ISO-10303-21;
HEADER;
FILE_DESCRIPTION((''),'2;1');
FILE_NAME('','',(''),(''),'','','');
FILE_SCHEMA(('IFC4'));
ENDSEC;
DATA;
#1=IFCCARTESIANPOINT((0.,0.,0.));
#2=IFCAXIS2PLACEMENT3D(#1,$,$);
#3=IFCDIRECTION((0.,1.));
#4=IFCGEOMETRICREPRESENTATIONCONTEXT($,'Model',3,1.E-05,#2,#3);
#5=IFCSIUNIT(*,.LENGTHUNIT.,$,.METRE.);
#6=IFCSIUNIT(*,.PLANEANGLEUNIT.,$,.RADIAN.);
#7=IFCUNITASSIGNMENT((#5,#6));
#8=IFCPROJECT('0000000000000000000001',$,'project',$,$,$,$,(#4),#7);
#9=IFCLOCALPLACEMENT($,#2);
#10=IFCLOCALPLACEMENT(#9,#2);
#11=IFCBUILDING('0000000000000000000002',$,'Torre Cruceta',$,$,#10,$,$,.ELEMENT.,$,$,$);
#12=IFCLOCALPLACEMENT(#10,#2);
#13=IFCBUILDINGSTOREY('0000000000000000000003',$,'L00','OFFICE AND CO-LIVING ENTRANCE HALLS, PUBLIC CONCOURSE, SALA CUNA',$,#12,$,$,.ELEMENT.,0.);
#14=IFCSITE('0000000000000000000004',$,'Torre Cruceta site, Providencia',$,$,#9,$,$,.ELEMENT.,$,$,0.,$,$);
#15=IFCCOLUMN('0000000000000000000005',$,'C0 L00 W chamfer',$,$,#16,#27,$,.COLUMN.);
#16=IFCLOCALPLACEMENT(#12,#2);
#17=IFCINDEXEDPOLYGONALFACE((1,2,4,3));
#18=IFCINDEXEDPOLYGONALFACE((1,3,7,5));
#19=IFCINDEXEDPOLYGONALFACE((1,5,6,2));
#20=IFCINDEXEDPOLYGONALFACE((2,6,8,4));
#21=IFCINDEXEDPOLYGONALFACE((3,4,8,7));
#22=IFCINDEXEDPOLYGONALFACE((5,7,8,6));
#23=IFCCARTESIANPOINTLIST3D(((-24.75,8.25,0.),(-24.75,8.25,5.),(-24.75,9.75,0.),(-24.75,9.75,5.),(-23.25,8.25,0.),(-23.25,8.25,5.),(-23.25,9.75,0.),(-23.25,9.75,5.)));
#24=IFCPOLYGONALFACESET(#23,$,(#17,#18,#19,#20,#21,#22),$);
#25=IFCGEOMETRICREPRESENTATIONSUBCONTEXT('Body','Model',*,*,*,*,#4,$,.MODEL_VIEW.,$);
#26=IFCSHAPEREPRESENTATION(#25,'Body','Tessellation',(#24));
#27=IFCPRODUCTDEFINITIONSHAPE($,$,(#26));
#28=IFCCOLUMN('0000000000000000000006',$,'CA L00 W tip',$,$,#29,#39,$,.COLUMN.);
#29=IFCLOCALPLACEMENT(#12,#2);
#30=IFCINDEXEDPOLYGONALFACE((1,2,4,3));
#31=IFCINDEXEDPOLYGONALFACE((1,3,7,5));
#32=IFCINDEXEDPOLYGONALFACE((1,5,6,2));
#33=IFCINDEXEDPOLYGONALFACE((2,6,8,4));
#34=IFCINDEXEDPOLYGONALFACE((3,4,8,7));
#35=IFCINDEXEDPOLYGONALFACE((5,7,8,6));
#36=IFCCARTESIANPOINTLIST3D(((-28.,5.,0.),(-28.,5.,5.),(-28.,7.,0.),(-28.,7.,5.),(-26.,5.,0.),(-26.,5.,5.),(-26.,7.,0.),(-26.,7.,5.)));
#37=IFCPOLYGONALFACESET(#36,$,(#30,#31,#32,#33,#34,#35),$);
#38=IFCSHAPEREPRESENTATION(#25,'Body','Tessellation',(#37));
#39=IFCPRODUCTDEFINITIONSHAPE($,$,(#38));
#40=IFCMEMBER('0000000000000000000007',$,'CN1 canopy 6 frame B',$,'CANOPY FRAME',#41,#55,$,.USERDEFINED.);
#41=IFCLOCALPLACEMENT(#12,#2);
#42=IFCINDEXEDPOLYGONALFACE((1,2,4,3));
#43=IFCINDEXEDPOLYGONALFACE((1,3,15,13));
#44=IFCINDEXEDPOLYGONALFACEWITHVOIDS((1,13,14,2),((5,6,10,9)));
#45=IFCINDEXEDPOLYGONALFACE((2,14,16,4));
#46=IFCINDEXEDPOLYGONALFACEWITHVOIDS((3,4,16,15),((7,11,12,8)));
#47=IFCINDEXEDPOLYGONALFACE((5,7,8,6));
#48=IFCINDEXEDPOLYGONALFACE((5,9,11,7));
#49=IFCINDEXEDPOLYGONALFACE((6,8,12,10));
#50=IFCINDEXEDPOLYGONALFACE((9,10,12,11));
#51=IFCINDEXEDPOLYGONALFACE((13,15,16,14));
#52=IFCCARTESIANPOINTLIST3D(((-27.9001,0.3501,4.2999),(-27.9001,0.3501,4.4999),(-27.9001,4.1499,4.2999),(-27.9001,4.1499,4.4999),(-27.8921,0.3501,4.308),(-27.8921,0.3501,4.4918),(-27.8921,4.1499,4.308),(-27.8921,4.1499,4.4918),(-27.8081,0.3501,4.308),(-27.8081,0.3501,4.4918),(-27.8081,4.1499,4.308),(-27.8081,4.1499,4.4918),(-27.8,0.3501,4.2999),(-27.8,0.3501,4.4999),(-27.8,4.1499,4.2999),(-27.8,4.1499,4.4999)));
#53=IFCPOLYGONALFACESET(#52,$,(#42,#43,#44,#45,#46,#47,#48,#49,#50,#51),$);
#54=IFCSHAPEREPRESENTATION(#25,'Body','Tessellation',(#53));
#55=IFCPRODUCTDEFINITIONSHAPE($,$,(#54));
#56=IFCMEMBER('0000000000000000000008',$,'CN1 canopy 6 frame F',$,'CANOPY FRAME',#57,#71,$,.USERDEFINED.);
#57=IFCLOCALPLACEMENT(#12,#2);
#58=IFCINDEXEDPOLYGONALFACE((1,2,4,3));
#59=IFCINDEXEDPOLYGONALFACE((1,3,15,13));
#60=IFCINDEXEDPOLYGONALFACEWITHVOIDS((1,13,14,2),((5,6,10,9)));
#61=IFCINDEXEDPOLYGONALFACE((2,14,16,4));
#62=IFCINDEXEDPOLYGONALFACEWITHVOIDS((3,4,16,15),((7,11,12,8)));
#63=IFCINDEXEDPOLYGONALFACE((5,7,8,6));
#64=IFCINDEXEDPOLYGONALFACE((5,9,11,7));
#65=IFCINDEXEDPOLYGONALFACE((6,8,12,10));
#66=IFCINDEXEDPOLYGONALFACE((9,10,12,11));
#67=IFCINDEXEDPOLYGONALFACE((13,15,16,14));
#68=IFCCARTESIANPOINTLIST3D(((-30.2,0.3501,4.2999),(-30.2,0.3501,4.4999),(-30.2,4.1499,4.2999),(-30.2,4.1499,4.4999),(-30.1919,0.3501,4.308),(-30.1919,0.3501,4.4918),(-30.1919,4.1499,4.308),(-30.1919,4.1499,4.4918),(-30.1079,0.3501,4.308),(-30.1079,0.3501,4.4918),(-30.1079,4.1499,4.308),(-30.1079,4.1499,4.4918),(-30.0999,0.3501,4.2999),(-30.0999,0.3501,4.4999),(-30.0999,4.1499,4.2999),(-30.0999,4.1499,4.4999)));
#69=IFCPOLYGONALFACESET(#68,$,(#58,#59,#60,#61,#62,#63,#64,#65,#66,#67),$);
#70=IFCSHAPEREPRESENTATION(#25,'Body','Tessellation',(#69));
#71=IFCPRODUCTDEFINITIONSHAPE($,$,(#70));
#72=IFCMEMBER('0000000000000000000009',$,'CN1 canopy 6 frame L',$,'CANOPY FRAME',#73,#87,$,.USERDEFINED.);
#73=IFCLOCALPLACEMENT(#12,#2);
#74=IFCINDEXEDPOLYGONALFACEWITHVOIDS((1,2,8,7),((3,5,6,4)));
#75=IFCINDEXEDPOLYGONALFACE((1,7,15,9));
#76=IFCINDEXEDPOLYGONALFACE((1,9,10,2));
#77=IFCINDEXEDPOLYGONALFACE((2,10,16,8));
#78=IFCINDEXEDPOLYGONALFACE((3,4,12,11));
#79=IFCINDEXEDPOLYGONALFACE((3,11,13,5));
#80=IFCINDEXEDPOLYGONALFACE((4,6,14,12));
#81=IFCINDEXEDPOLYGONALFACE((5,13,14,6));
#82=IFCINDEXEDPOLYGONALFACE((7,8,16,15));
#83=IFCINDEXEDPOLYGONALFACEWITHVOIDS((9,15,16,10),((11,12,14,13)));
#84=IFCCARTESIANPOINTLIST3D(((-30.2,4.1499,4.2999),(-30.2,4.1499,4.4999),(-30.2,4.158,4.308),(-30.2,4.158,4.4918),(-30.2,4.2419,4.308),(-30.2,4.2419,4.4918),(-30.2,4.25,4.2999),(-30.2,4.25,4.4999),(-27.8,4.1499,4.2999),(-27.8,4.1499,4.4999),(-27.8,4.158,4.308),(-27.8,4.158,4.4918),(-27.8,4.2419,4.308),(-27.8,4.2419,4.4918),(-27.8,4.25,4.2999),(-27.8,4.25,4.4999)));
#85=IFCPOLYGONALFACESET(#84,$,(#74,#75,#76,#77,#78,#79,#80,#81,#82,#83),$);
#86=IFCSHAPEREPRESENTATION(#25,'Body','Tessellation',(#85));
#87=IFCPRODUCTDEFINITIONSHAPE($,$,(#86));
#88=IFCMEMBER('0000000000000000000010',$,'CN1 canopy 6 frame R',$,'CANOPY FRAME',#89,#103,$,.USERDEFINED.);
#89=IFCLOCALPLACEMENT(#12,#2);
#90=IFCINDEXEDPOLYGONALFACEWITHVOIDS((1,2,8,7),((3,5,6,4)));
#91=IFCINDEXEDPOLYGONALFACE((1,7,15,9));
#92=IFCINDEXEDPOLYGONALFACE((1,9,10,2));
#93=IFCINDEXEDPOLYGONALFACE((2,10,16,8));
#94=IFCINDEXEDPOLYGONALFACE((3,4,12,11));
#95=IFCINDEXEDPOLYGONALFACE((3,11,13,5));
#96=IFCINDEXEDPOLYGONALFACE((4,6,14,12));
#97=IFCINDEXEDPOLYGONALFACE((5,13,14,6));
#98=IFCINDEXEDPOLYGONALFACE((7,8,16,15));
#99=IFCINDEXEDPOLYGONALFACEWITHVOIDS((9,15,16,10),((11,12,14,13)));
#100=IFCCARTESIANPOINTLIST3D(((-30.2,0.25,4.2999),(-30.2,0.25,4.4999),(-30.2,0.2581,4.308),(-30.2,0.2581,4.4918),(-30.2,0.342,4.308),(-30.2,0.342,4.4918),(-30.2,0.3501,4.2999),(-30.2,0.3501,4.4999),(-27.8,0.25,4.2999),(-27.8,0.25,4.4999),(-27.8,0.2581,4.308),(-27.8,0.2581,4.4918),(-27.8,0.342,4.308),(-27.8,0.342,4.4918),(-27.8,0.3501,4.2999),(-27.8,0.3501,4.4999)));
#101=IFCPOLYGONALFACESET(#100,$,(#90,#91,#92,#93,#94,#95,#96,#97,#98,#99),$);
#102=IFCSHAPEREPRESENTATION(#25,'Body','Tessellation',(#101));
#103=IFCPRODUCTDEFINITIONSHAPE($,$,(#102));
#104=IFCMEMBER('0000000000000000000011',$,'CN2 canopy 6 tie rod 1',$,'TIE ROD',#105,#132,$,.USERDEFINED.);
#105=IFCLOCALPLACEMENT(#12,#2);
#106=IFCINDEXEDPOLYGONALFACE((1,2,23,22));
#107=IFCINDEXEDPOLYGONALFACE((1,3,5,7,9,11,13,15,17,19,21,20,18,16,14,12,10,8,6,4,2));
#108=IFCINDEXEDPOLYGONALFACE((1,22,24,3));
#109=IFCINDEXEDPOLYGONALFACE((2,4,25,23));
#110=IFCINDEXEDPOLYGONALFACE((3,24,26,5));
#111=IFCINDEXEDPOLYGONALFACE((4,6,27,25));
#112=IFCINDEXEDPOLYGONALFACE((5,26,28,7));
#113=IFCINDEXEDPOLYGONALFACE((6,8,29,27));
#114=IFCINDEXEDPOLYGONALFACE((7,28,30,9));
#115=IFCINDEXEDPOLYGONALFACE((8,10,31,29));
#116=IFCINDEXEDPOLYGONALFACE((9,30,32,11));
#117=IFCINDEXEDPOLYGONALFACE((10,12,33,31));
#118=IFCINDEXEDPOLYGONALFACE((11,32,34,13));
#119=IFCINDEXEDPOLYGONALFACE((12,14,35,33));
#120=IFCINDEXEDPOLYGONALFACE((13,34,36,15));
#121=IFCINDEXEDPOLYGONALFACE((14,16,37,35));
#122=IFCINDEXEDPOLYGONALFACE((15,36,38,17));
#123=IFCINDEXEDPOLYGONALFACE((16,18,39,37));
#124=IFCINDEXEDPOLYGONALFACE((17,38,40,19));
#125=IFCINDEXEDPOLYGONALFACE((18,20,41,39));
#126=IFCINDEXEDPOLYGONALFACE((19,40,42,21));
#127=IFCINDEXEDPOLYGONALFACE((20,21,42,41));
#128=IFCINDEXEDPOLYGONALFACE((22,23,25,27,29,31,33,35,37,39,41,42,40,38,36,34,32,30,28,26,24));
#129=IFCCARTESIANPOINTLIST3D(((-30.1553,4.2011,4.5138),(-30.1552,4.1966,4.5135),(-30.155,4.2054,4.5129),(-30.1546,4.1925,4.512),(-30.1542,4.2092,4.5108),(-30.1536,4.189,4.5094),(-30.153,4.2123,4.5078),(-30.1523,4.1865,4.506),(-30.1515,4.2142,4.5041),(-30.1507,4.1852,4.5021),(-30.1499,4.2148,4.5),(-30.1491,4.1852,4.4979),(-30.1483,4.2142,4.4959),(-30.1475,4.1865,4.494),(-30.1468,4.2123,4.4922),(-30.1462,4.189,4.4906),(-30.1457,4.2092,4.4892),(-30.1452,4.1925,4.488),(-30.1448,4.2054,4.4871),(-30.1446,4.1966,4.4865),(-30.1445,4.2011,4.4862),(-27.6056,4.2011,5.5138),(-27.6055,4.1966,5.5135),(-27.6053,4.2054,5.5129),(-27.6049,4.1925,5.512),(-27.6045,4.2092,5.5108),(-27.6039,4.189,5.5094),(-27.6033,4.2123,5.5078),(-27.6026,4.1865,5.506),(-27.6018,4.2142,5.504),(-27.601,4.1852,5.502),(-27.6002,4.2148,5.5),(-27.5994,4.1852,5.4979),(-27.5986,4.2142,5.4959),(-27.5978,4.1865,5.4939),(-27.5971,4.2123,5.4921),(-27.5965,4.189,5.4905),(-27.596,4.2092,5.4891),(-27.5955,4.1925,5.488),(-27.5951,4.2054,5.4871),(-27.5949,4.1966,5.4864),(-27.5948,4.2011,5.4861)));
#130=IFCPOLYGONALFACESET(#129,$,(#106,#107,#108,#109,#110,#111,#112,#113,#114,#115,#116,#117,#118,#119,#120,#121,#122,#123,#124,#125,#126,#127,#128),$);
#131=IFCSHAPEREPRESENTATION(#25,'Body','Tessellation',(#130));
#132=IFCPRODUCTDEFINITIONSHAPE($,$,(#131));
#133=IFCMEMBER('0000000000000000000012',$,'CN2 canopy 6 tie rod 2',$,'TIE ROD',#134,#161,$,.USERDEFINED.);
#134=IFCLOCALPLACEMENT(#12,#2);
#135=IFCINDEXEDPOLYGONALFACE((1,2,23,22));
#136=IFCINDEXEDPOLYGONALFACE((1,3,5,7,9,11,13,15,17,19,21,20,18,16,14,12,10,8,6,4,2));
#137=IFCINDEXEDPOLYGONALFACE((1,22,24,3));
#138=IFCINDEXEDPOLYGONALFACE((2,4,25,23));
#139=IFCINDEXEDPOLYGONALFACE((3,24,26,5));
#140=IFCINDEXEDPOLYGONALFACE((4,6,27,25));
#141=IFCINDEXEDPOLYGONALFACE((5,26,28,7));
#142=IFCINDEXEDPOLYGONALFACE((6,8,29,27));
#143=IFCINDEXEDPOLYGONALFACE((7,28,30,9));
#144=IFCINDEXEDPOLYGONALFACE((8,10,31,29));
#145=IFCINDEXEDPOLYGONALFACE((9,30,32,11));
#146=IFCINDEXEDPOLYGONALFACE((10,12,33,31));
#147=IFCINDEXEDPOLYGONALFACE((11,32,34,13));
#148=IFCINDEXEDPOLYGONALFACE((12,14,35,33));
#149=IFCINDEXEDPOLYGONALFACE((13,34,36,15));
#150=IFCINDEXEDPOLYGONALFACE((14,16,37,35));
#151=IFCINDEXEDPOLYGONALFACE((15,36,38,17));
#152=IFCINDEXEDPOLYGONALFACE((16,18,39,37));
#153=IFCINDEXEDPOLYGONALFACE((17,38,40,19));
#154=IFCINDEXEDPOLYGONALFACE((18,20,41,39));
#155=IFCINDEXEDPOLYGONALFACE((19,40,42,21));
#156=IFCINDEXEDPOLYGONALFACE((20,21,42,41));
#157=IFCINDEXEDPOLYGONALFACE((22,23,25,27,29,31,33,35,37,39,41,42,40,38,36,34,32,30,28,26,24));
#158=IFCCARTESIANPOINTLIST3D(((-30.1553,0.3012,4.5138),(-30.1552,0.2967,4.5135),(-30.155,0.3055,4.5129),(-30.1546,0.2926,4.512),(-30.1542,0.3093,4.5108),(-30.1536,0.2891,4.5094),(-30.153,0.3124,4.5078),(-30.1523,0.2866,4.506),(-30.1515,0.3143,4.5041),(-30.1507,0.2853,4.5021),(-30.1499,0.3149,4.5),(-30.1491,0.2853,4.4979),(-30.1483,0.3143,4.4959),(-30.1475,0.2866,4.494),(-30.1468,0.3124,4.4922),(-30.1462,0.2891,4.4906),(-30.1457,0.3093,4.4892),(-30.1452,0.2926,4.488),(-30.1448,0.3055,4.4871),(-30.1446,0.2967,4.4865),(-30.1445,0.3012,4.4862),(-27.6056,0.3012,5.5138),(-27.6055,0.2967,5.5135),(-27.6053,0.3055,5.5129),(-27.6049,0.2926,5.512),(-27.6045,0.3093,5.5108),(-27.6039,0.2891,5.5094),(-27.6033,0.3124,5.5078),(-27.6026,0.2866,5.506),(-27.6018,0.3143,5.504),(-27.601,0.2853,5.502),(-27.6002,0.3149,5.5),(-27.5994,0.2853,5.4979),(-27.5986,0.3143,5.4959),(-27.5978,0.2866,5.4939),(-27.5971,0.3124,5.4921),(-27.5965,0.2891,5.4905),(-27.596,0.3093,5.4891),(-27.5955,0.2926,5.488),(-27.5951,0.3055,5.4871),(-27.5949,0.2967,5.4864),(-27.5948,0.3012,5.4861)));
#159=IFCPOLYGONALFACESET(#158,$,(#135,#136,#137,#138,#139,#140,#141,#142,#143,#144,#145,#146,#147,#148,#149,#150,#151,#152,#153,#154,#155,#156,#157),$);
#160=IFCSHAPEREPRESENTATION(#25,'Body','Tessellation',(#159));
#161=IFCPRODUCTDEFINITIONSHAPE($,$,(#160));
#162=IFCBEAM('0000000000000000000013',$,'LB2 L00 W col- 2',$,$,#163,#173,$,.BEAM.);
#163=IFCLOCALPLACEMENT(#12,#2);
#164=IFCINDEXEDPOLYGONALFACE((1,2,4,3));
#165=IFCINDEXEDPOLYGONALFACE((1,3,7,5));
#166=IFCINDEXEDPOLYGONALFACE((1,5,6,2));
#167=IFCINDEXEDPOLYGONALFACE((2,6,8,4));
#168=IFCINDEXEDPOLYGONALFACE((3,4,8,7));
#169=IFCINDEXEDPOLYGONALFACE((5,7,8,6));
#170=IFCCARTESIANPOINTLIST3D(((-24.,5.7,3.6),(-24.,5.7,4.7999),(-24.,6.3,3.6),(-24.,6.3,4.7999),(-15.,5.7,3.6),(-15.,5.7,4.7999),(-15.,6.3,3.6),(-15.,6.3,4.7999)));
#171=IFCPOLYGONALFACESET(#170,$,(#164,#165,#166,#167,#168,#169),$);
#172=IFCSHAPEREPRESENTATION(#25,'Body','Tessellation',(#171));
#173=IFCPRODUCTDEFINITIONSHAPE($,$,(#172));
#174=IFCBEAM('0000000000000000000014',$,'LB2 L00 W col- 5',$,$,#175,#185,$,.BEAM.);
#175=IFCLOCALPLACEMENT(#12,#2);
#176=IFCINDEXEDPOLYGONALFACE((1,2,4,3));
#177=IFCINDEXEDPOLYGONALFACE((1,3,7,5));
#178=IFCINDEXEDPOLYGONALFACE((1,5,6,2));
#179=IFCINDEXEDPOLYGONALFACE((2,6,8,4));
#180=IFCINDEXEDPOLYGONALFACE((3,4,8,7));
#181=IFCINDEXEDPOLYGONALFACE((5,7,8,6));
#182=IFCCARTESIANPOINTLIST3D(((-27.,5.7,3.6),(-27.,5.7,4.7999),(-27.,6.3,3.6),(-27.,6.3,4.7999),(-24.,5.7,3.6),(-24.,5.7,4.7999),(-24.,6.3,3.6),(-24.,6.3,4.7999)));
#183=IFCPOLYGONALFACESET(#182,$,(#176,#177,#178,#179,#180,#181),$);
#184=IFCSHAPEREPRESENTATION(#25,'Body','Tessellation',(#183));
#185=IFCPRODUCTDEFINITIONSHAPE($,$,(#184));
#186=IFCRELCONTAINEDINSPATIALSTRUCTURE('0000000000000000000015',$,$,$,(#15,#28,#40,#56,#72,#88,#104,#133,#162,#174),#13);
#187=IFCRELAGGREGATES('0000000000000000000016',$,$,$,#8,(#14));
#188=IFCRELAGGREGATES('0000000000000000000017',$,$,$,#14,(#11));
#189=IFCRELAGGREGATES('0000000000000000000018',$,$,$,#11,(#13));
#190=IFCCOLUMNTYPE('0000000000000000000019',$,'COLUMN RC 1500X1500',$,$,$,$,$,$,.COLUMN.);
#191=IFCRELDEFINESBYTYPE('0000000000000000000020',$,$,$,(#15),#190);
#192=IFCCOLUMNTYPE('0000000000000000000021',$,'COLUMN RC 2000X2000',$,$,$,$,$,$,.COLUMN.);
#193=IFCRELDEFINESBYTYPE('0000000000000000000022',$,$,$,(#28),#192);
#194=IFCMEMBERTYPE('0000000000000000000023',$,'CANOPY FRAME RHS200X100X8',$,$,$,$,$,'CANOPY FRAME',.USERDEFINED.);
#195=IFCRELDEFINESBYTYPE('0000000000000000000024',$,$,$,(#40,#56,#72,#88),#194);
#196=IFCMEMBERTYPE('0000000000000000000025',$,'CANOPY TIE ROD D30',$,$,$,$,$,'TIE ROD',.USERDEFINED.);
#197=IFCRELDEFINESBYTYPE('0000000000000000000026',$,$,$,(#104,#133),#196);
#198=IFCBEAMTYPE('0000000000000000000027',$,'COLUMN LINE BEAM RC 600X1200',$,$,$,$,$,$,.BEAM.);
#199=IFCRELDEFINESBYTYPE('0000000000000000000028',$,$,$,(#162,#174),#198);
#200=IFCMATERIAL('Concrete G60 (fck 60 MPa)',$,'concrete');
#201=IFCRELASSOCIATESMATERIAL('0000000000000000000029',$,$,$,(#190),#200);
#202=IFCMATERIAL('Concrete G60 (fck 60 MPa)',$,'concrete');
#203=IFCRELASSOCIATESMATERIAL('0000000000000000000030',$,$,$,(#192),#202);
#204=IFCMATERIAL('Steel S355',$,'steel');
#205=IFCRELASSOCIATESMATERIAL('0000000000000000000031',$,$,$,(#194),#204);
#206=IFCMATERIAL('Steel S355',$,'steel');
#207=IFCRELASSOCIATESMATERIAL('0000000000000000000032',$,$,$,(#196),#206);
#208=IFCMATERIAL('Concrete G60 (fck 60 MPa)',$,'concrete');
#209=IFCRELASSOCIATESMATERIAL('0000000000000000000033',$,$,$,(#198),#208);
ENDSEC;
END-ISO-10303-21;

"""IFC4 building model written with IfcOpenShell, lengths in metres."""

from ifc_helpers import new_model, si_unit, direction, frame, origin, origin_2d, place, context, subcontext, project, spatial, rectangle, hollow_rectangle, circle, extrude, material, material_profile, profile_set, type_object, element, save


model = new_model("IFC4")

# Units and contexts
model_context = context("Model", 3, precision=1e-05, world=origin(), true_north=direction((0.0, 1.0)))
body_context = subcontext(model_context, "Body", "Model", "MODEL_VIEW")
ifc_project = project(units=[si_unit("LENGTHUNIT", "METRE"), si_unit("PLANEANGLEUNIT", "RADIAN")], contexts=[model_context])

# Site, building, storey
site_placement = place(None, origin())
site = spatial("IfcSite", under=ifc_project, at=site_placement, Name="Torre Cruceta site, Providencia", CompositionType="ELEMENT", RefElevation=0.0)
building_placement = place(site_placement, origin())
building = spatial("IfcBuilding", under=site, at=building_placement, Name="Torre Cruceta", CompositionType="ELEMENT")
storey_placement = place(building_placement, origin())
storey = spatial("IfcBuildingStorey", under=building, at=storey_placement, Name="L00", Description="OFFICE AND CO-LIVING ENTRANCE HALLS, PUBLIC CONCOURSE, SALA CUNA", CompositionType="ELEMENT", Elevation=0.0)

# Columns
ifc_material_1 = material(Name="Concrete G60 (fck 60 MPa)", Category="concrete")
ifc_material_profile_1 = material_profile(ifc_material_1, rectangle(XDim=1.5, YDim=1.5, at=origin_2d()), Name="RC 1500X1500")
ifc_profile_set_1 = profile_set([ifc_material_profile_1], Name="Concrete G60 (fck 60 MPa)")
column_type_1 = type_object("IfcColumnType", Name="COLUMN RC 1500X1500", PredefinedType="COLUMN", material=ifc_profile_set_1)
column_1_placement = place(storey_placement, frame((-24.0, 9.0, 0.0), z_axis=(0.0, 0.0, 1.0), x_axis=(1.0, 0.0, 0.0)))
element("IfcColumn", 1, at=column_1_placement, inside=storey, type_object=column_type_1, Name="C0 L00 W chamfer", PredefinedType="COLUMN", context=body_context, shape_type="SweptSolid", body=[
    extrude(rectangle(XDim=1.5, YDim=1.5, at=origin_2d()), origin(), (0.0, 0.0, 1.0), 5.0),
])
ifc_material_2 = material(Name="Concrete G60 (fck 60 MPa)", Category="concrete")
ifc_material_profile_2 = material_profile(ifc_material_2, rectangle(XDim=2.0, YDim=2.0, at=origin_2d()), Name="RC 2000X2000")
ifc_profile_set_2 = profile_set([ifc_material_profile_2], Name="Concrete G60 (fck 60 MPa)")
column_type_2 = type_object("IfcColumnType", Name="COLUMN RC 2000X2000", PredefinedType="COLUMN", material=ifc_profile_set_2)
column_2_placement = place(storey_placement, frame((-27.0, 6.0, 0.0), z_axis=(0.0, 0.0, 1.0), x_axis=(1.0, 0.0, 0.0)))
element("IfcColumn", 2, at=column_2_placement, inside=storey, type_object=column_type_2, Name="CA L00 W tip", PredefinedType="COLUMN", context=body_context, shape_type="SweptSolid", body=[
    extrude(rectangle(XDim=2.0, YDim=2.0, at=origin_2d()), origin(), (0.0, 0.0, 1.0), 5.0),
])

# Members
ifc_material_3 = material(Name="Steel S355", Category="steel")
ifc_material_profile_3 = material_profile(ifc_material_3, hollow_rectangle(XDim=0.1001, YDim=0.2, WallThickness=0.0081, at=origin_2d()), Name="RHS200X100X8")
ifc_profile_set_3 = profile_set([ifc_material_profile_3], Name="Steel S355")
member_type_1 = type_object("IfcMemberType", Name="CANOPY FRAME RHS200X100X8", ElementType="CANOPY FRAME", PredefinedType="USERDEFINED", material=ifc_profile_set_3)
for number, where, z_axis, x_axis, name in (
    (3, (-27.8501, 4.1499, 4.3999), (0.0, -1.0, 0.0), (1.0, 0.0, 0.0), "CN1 canopy 6 frame B"),
    (4, (-30.1499, 4.1499, 4.3999), (0.0, -1.0, 0.0), (1.0, 0.0, 0.0), "CN1 canopy 6 frame F"),
):
    element("IfcMember", number, at=place(storey_placement, frame(where, z_axis=z_axis, x_axis=x_axis)), inside=storey, type_object=member_type_1, Name=name, ObjectType="CANOPY FRAME", PredefinedType="USERDEFINED", context=body_context, shape_type="SweptSolid", body=[
        extrude(hollow_rectangle(XDim=0.1001, YDim=0.2, WallThickness=0.0081, at=origin_2d()), origin(), (0.0, 0.0, 1.0), 3.7998),
    ])
for number, where, z_axis, x_axis, name in (
    (5, (-27.8, 4.2, 4.3999), (-1.0, 0.0, 0.0), (0.0, -1.0, 0.0), "CN1 canopy 6 frame L"),
    (6, (-27.8, 0.3, 4.3999), (-1.0, 0.0, 0.0), (0.0, -1.0, 0.0), "CN1 canopy 6 frame R"),
):
    element("IfcMember", number, at=place(storey_placement, frame(where, z_axis=z_axis, x_axis=x_axis)), inside=storey, type_object=member_type_1, Name=name, ObjectType="CANOPY FRAME", PredefinedType="USERDEFINED", context=body_context, shape_type="SweptSolid", body=[
        extrude(hollow_rectangle(XDim=0.1001, YDim=0.2, WallThickness=0.0081, at=origin_2d()), origin(), (0.0, 0.0, 1.0), 2.3999),
    ])
ifc_material_4 = material(Name="Steel S355", Category="steel")
ifc_material_profile_4 = material_profile(ifc_material_4, circle(Radius=0.0149, at=origin_2d()), Name="ROD D30")
ifc_profile_set_4 = profile_set([ifc_material_profile_4], Name="Steel S355")
member_type_2 = type_object("IfcMemberType", Name="CANOPY TIE ROD D30", ElementType="TIE ROD", PredefinedType="USERDEFINED", material=ifc_profile_set_4)
for number, where, z_axis, x_axis, name in (
    (7, (-30.1499, 4.2, 4.5), (0.930964, 0.0, 0.365112), (0.0, 1.0, 0.0), "CN2 canopy 6 tie rod 1"),
    (8, (-30.1499, 0.3, 4.5), (0.930964, 0.0, 0.365112), (0.0, 1.0, 0.0), "CN2 canopy 6 tie rod 2"),
):
    element("IfcMember", number, at=place(storey_placement, frame(where, z_axis=z_axis, x_axis=x_axis)), inside=storey, type_object=member_type_2, Name=name, ObjectType="TIE ROD", PredefinedType="USERDEFINED", context=body_context, shape_type="SweptSolid", body=[
        extrude(circle(Radius=0.0149, at=origin_2d()), origin(), (0.0, 0.0, 1.0), 2.7388),
    ])

# Beams
ifc_material_5 = material(Name="Concrete G60 (fck 60 MPa)", Category="concrete")
ifc_material_profile_5 = material_profile(ifc_material_5, rectangle(XDim=0.6001, YDim=1.2, at=origin_2d()), Name="RC 600X1200")
ifc_profile_set_5 = profile_set([ifc_material_profile_5], Name="Concrete G60 (fck 60 MPa)")
beam_type_1 = type_object("IfcBeamType", Name="COLUMN LINE BEAM RC 600X1200", PredefinedType="BEAM", material=ifc_profile_set_5)
beam_1_placement = place(storey_placement, frame((-15.0, 6.0, 4.2), z_axis=(-1.0, 0.0, 0.0), x_axis=(0.0, -1.0, 0.0)))
element("IfcBeam", 9, at=beam_1_placement, inside=storey, type_object=beam_type_1, Name="LB2 L00 W col- 2", PredefinedType="BEAM", context=body_context, shape_type="SweptSolid", body=[
    extrude(rectangle(XDim=0.6001, YDim=1.2, at=origin_2d()), origin(), (0.0, 0.0, 1.0), 9.0),
])
beam_2_placement = place(storey_placement, frame((-24.0, 6.0, 4.2), z_axis=(-1.0, 0.0, 0.0), x_axis=(0.0, -1.0, 0.0)))
element("IfcBeam", 10, at=beam_2_placement, inside=storey, type_object=beam_type_1, Name="LB2 L00 W col- 5", PredefinedType="BEAM", context=body_context, shape_type="SweptSolid", body=[
    extrude(rectangle(XDim=0.6001, YDim=1.2, at=origin_2d()), origin(), (0.0, 0.0, 1.0), 3.0),
])

save(model, "model.ifc")
